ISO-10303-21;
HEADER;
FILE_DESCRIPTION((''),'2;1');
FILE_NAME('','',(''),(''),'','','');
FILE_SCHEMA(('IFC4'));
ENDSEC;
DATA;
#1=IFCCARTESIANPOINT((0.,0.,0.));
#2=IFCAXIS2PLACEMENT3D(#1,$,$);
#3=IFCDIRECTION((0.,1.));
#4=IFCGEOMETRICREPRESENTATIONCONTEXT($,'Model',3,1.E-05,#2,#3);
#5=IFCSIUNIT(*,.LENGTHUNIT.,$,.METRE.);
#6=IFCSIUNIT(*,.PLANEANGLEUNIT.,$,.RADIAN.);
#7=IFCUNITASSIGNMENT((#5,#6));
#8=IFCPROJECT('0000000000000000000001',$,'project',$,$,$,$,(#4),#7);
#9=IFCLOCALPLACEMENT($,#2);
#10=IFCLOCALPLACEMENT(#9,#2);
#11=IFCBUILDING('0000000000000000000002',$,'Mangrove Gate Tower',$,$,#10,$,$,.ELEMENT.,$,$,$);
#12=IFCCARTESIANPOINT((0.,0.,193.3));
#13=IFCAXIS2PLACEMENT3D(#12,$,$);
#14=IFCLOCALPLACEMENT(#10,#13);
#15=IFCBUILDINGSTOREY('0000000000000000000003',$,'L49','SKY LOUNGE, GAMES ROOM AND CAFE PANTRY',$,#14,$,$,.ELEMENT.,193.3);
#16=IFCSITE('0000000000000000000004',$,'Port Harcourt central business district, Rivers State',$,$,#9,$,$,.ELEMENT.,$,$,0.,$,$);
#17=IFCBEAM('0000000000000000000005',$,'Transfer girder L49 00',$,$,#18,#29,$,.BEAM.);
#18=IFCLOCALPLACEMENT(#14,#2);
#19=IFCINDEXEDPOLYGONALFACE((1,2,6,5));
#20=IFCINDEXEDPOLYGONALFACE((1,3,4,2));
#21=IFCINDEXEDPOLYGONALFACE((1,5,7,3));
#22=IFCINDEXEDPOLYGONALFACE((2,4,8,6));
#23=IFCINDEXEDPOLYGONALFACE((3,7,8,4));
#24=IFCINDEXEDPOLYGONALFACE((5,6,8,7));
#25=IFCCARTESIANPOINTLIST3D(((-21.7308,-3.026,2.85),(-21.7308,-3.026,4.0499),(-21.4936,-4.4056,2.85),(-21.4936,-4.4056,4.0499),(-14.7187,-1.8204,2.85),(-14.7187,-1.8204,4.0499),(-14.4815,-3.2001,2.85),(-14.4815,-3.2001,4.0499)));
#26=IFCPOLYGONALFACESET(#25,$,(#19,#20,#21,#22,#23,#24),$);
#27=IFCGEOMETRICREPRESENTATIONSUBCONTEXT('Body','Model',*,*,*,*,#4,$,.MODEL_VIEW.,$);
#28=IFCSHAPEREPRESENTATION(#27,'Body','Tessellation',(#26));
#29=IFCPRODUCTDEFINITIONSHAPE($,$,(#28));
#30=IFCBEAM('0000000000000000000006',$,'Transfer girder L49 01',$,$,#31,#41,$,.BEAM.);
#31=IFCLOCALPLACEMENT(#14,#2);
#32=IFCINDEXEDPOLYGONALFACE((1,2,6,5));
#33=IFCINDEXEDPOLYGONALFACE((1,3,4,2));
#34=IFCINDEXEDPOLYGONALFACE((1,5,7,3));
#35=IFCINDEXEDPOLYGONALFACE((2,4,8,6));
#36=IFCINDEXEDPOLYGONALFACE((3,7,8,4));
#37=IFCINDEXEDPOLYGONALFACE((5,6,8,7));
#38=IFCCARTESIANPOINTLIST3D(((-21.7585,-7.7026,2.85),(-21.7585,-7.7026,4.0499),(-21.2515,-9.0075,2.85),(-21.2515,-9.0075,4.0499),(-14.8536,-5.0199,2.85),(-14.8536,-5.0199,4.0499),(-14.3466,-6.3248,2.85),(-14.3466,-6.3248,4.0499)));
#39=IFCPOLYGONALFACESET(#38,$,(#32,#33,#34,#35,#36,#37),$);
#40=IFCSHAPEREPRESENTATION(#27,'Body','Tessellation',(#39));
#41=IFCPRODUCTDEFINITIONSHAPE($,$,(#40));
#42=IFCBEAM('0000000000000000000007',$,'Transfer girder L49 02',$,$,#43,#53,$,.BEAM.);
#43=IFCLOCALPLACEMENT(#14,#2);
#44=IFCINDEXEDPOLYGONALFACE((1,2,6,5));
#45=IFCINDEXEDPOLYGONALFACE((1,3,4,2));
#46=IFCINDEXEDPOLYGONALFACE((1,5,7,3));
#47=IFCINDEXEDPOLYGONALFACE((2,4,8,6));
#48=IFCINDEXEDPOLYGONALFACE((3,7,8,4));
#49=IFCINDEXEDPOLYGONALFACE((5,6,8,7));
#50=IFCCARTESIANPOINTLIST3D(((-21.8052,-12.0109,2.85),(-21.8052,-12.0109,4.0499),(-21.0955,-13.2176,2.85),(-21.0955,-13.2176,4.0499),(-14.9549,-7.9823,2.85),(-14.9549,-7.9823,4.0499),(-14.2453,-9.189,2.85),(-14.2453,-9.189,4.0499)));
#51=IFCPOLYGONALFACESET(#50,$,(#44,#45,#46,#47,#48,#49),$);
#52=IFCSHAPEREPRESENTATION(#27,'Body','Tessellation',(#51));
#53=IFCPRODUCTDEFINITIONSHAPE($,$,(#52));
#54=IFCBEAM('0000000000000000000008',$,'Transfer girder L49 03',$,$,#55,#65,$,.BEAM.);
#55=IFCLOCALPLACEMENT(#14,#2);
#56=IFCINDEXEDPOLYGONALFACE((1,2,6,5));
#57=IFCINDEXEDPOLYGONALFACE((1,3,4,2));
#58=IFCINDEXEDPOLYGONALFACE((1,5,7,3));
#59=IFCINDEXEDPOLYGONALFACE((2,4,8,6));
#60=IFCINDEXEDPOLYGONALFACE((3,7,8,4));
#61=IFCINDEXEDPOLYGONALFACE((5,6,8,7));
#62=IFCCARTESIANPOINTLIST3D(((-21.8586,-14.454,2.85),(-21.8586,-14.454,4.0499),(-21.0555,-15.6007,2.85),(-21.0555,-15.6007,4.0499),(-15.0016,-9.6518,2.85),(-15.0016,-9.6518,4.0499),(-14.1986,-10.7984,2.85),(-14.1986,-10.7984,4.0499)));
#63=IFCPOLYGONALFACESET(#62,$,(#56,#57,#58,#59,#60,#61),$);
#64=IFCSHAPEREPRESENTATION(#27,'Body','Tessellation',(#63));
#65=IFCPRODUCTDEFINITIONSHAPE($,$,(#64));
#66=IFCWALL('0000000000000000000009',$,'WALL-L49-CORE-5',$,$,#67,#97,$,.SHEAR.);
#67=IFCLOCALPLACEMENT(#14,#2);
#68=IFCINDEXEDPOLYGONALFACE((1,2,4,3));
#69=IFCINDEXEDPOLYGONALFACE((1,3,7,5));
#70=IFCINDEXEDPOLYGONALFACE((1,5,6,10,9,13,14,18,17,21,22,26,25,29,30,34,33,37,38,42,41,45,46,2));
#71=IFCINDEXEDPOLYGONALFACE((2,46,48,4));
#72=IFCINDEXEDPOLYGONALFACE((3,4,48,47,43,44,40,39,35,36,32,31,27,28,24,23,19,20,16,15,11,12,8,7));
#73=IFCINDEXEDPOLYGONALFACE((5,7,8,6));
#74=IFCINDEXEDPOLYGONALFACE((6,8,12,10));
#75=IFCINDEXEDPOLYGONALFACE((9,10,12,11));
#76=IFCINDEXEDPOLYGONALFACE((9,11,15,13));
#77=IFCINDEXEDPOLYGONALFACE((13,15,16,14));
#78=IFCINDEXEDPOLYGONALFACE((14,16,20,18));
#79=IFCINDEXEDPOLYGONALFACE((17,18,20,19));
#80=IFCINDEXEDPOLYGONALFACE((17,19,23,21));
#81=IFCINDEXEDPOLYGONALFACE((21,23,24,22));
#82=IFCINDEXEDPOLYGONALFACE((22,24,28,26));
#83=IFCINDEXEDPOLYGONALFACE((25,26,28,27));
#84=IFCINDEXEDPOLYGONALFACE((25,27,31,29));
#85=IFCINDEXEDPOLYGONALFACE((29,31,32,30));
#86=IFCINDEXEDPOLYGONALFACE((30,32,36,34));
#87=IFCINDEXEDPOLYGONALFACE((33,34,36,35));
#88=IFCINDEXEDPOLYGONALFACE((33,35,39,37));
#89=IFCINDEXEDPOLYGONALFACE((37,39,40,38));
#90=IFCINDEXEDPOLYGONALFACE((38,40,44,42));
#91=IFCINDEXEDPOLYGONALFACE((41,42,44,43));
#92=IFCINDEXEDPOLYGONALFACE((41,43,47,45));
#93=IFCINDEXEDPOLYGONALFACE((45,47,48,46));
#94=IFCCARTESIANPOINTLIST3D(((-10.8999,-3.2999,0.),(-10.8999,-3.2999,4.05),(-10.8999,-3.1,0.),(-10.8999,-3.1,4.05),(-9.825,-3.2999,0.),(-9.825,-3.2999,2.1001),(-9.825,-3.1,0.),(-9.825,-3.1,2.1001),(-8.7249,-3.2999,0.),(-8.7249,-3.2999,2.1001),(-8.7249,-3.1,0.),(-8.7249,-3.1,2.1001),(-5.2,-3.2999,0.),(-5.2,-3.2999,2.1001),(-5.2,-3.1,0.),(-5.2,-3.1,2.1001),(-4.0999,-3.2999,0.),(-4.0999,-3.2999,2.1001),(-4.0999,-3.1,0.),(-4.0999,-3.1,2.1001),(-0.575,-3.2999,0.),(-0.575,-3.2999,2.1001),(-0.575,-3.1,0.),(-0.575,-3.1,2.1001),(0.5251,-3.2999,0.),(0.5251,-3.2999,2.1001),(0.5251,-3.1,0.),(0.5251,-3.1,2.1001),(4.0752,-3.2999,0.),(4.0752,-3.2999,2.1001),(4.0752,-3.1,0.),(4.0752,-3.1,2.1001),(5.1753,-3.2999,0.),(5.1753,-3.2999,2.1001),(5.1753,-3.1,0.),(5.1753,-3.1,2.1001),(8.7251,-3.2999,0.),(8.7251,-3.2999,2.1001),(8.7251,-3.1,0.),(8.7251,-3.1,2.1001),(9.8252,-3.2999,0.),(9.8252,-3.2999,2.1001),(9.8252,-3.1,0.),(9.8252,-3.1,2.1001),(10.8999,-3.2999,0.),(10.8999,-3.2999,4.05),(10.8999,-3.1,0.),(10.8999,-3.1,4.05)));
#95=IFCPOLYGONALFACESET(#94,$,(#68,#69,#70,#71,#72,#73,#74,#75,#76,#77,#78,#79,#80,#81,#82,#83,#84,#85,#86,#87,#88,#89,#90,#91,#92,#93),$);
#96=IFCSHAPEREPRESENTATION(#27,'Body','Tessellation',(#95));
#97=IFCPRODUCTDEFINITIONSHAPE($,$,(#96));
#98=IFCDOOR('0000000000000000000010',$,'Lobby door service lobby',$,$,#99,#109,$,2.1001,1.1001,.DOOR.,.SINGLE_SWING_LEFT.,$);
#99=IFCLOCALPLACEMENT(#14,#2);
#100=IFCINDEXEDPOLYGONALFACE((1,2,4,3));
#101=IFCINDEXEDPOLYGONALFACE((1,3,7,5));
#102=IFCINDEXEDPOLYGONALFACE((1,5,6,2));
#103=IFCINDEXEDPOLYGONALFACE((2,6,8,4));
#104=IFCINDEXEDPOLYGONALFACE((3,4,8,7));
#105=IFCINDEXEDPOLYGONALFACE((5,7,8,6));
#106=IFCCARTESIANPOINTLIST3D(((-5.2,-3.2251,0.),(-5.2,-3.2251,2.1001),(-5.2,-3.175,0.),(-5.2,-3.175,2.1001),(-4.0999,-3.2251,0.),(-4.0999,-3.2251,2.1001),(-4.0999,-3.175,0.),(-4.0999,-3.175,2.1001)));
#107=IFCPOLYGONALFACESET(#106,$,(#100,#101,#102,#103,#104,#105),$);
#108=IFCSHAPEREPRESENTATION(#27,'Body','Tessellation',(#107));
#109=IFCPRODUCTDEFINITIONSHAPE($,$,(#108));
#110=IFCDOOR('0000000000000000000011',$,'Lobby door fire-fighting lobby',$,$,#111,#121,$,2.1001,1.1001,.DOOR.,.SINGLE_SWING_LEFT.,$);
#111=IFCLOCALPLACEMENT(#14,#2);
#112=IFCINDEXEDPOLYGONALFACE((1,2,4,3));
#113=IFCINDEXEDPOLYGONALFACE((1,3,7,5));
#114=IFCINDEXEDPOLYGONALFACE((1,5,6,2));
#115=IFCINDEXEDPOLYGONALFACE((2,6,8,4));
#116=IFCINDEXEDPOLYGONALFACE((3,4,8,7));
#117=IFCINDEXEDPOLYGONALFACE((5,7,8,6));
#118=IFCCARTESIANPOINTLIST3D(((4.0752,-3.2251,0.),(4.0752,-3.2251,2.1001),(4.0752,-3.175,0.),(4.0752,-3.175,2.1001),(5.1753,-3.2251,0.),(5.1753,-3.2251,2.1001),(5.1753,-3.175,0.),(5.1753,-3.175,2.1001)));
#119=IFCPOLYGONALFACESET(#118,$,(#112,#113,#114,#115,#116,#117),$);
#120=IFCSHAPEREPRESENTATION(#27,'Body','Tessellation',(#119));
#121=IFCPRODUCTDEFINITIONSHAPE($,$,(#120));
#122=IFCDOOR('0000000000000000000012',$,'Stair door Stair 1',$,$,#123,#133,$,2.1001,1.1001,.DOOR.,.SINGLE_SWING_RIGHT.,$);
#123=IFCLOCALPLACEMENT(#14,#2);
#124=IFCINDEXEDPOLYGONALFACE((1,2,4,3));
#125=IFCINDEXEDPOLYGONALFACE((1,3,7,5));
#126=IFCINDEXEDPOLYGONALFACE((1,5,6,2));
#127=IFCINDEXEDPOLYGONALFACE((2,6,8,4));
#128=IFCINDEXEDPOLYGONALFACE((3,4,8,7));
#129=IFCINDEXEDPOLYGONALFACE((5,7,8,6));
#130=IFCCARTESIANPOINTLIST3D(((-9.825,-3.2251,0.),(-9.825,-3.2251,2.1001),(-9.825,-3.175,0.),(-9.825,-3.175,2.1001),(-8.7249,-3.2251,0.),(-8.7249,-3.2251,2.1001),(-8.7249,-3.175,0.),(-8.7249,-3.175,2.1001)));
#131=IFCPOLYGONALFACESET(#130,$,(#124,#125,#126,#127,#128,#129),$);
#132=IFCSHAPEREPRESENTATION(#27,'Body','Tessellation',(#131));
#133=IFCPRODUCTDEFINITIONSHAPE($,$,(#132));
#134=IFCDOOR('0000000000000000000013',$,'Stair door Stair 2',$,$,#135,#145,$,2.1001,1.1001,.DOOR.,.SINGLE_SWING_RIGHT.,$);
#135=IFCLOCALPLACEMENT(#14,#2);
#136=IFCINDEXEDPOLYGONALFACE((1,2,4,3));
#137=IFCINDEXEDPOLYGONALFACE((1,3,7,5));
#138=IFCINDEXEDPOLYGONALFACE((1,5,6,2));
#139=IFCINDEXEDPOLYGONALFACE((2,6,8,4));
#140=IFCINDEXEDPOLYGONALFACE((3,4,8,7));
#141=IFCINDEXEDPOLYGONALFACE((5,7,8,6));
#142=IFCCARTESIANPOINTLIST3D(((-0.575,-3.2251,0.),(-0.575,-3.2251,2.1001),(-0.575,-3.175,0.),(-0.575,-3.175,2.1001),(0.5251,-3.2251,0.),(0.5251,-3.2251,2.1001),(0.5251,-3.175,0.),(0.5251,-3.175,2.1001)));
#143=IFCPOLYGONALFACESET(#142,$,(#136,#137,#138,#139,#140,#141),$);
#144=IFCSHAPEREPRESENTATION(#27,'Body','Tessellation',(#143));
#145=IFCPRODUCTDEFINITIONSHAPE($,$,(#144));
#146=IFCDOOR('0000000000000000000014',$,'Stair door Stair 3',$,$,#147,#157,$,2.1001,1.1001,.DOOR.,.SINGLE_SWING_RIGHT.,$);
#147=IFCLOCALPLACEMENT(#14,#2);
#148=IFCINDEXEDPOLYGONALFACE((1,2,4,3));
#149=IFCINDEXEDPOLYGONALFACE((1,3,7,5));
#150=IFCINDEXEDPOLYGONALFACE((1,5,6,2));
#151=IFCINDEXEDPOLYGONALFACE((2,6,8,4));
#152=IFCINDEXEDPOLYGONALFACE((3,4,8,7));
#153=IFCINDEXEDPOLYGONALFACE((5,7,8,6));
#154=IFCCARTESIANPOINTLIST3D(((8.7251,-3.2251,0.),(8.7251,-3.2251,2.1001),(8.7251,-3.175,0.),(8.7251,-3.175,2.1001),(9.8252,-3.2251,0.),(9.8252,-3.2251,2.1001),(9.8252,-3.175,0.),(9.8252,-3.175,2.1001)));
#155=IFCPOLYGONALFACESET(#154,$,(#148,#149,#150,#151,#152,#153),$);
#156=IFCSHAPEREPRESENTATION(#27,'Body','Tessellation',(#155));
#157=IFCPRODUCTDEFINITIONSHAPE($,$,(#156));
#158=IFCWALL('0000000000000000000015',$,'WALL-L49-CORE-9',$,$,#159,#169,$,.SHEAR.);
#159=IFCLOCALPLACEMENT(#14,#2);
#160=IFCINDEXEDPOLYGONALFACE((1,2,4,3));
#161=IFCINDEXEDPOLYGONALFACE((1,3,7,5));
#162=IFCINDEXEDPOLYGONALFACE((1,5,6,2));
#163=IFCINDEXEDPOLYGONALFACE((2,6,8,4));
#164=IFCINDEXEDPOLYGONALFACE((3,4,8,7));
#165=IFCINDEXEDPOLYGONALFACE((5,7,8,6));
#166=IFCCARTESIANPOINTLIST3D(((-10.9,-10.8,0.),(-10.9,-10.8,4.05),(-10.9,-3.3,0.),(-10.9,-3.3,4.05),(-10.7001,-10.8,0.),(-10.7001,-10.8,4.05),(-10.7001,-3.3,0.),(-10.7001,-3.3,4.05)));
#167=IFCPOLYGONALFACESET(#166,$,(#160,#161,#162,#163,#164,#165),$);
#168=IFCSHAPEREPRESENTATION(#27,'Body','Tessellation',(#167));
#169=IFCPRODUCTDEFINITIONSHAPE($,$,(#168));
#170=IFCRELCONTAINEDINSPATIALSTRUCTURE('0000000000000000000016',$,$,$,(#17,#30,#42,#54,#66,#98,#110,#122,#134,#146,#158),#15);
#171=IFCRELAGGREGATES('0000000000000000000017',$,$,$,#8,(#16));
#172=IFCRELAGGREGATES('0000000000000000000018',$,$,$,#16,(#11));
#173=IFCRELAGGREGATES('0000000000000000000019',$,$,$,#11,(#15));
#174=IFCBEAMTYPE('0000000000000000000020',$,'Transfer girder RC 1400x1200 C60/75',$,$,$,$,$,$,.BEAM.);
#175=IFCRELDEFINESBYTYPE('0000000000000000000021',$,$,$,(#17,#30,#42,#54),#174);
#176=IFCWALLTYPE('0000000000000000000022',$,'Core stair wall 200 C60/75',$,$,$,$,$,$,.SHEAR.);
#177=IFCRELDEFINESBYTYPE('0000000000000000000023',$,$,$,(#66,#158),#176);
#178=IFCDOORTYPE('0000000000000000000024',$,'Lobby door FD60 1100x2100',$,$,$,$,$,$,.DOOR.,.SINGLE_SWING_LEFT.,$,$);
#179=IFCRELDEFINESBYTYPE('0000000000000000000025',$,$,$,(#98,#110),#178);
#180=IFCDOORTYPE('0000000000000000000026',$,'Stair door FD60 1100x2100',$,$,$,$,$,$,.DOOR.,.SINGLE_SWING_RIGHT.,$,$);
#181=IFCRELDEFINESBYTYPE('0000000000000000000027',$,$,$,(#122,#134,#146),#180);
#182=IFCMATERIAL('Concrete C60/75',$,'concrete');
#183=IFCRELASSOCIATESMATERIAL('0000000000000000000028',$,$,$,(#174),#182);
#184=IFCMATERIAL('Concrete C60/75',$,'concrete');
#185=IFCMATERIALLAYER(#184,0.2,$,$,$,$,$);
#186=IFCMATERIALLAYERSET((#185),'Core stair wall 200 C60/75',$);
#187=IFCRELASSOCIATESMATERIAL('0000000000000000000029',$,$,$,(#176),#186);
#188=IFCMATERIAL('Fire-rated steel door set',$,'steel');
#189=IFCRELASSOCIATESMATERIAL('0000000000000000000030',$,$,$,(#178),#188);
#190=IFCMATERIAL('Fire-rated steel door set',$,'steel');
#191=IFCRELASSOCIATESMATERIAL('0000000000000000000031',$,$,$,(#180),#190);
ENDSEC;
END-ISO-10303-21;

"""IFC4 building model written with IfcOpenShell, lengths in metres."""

from ifc_helpers import new_model, si_unit, direction, frame, frame_2d, origin, origin_2d, place, context, subcontext, project, spatial, rectangle, extrude, material, layer, layer_set, material_profile, profile_set, type_object, element, fill, save


model = new_model("IFC4")

# Units and contexts
model_context = context("Model", 3, precision=1e-05, world=origin(), true_north=direction((0.0, 1.0)))
body_context = subcontext(model_context, "Body", "Model", "MODEL_VIEW")
ifc_project = project(units=[si_unit("LENGTHUNIT", "METRE"), si_unit("PLANEANGLEUNIT", "RADIAN")], contexts=[model_context])

# Site, building, storey
site_placement = place(None, origin())
site = spatial("IfcSite", under=ifc_project, at=site_placement, Name="Port Harcourt central business district, Rivers State", CompositionType="ELEMENT", RefElevation=0.0)
building_placement = place(site_placement, origin())
building = spatial("IfcBuilding", under=site, at=building_placement, Name="Mangrove Gate Tower", CompositionType="ELEMENT")
storey_placement = place(building_placement, frame((0.0, 0.0, 193.3)))
storey = spatial("IfcBuildingStorey", under=building, at=storey_placement, Name="L49", Description="SKY LOUNGE, GAMES ROOM AND CAFE PANTRY", CompositionType="ELEMENT", Elevation=193.3)

# Beams
ifc_material_1 = material(Name="Concrete C60/75", Category="concrete")
ifc_material_profile = material_profile(ifc_material_1, rectangle(XDim=1.3999, YDim=1.2, at=origin_2d()))
ifc_profile_set = profile_set([ifc_material_profile], Name="Concrete C60/75")
beam_type = type_object("IfcBeamType", Name="Transfer girder RC 1400x1200 C60/75", PredefinedType="BEAM", material=ifc_profile_set)
beam_1_placement = place(storey_placement, frame((-14.6001, -2.5103, 3.45), z_axis=(-0.985541, -0.169438, 0.0), x_axis=(0.169438, -0.985541, 0.0)))
element("IfcBeam", 1, at=beam_1_placement, inside=storey, type_object=beam_type, Name="Transfer girder L49 00", PredefinedType="BEAM", context=body_context, shape_type="SweptSolid", body=[
    extrude(rectangle(XDim=1.3999, YDim=1.2, at=origin_2d()), origin(), (0.0, 0.0, 1.0), 7.115),
])
beam_2_placement = place(storey_placement, frame((-14.6001, -5.6724, 3.45), z_axis=(-0.932122, -0.362144, 0.0), x_axis=(0.362144, -0.932122, 0.0)))
element("IfcBeam", 2, at=beam_2_placement, inside=storey, type_object=beam_type, Name="Transfer girder L49 01", PredefinedType="BEAM", context=body_context, shape_type="SweptSolid", body=[
    extrude(rectangle(XDim=1.3999, YDim=1.2, at=origin_2d()), origin(), (0.0, 0.0, 1.0), 7.4077),
])
beam_3_placement = place(storey_placement, frame((-14.6001, -8.5857, 3.45), z_axis=(-0.861992, -0.506922, 0.0), x_axis=(0.506922, -0.861992, 0.0)))
element("IfcBeam", 3, at=beam_3_placement, inside=storey, type_object=beam_type, Name="Transfer girder L49 02", PredefinedType="BEAM", context=body_context, shape_type="SweptSolid", body=[
    extrude(rectangle(XDim=1.3999, YDim=1.2, at=origin_2d()), origin(), (0.0, 0.0, 1.0), 7.947),
])
beam_4_placement = place(storey_placement, frame((-14.6001, -10.2251, 3.45), z_axis=(-0.819098, -0.573654, 0.0), x_axis=(0.573654, -0.819098, 0.0)))
element("IfcBeam", 4, at=beam_4_placement, inside=storey, type_object=beam_type, Name="Transfer girder L49 03", PredefinedType="BEAM", context=body_context, shape_type="SweptSolid", body=[
    extrude(rectangle(XDim=1.3999, YDim=1.2, at=origin_2d()), origin(), (0.0, 0.0, 1.0), 8.3713),
])

# Wall, openings, doors
ifc_material_2 = material(Name="Concrete C60/75", Category="concrete")
ifc_layer_1 = layer(ifc_material_2, 0.2)
ifc_layer_set_1 = layer_set([ifc_layer_1], Name="Core stair wall 200 C60/75")
wall_type_1 = type_object("IfcWallType", Name="Core stair wall 200 C60/75", PredefinedType="SHEAR", material=ifc_layer_set_1)
wall_1_placement = place(storey_placement, frame((-10.8999, -3.2, 0.0), z_axis=(0.0, 0.0, 1.0), x_axis=(1.0, 0.0, 0.0)))
wall_1 = element("IfcWall", 5, at=wall_1_placement, inside=storey, type_object=wall_type_1, Name="WALL-L49-CORE-5", PredefinedType="SHEAR", context=body_context, shape_type="SweptSolid", body=[
    extrude(rectangle(XDim=21.7998, YDim=0.2, at=frame_2d((10.8999, 0.0))), origin(), (0.0, 0.0, 1.0), 4.05),
])
opening_1_placement = place(wall_1_placement, frame((1.075, 0.0, 0.0)))
opening_1 = element("IfcOpeningElement", 6, at=opening_1_placement, cuts=wall_1, PredefinedType="OPENING", context=body_context, shape_type="SweptSolid", body=[
    extrude(rectangle(XDim=1.1001, YDim=2.1001, at=frame_2d((0.55, 1.05))), frame((0.0, 0.1099, 0.0), z_axis=(0.0, -1.0, 0.0), x_axis=(1.0, 0.0, 0.0)), (0.0, 0.0, 1.0), 0.22),
])
opening_2_placement = place(wall_1_placement, frame((10.325, 0.0, 0.0)))
opening_2 = element("IfcOpeningElement", 7, at=opening_2_placement, cuts=wall_1, PredefinedType="OPENING", context=body_context, shape_type="SweptSolid", body=[
    extrude(rectangle(XDim=1.1001, YDim=2.1001, at=frame_2d((0.55, 1.05))), frame((0.0, 0.1099, 0.0), z_axis=(0.0, -1.0, 0.0), x_axis=(1.0, 0.0, 0.0)), (0.0, 0.0, 1.0), 0.22),
])
opening_3_placement = place(wall_1_placement, frame((19.625, 0.0, 0.0)))
opening_3 = element("IfcOpeningElement", 8, at=opening_3_placement, cuts=wall_1, PredefinedType="OPENING", context=body_context, shape_type="SweptSolid", body=[
    extrude(rectangle(XDim=1.1001, YDim=2.1001, at=frame_2d((0.55, 1.05))), frame((0.0, 0.1099, 0.0), z_axis=(0.0, -1.0, 0.0), x_axis=(1.0, 0.0, 0.0)), (0.0, 0.0, 1.0), 0.22),
])
opening_4_placement = place(wall_1_placement, frame((5.7, 0.0, 0.0)))
opening_4 = element("IfcOpeningElement", 9, at=opening_4_placement, cuts=wall_1, PredefinedType="OPENING", context=body_context, shape_type="SweptSolid", body=[
    extrude(rectangle(XDim=1.1001, YDim=2.1001, at=frame_2d((0.55, 1.05))), frame((0.0, 0.1099, 0.0), z_axis=(0.0, -1.0, 0.0), x_axis=(1.0, 0.0, 0.0)), (0.0, 0.0, 1.0), 0.22),
])
opening_5_placement = place(wall_1_placement, frame((14.9751, 0.0, 0.0)))
opening_5 = element("IfcOpeningElement", 10, at=opening_5_placement, cuts=wall_1, PredefinedType="OPENING", context=body_context, shape_type="SweptSolid", body=[
    extrude(rectangle(XDim=1.1001, YDim=2.1001, at=frame_2d((0.55, 1.05))), frame((0.0, 0.1099, 0.0), z_axis=(0.0, -1.0, 0.0), x_axis=(1.0, 0.0, 0.0)), (0.0, 0.0, 1.0), 0.22),
])
ifc_material_3 = material(Name="Fire-rated steel door set", Category="steel")
door_type_1 = type_object("IfcDoorType", Name="Lobby door FD60 1100x2100", OperationType="SINGLE_SWING_LEFT", PredefinedType="DOOR", material=ifc_material_3)
door_1_placement = place(opening_4_placement, origin())
door_1 = element("IfcDoor", 11, at=door_1_placement, inside=storey, type_object=door_type_1, Name="Lobby door service lobby", OperationType="SINGLE_SWING_LEFT", OverallHeight=2.1001, OverallWidth=1.1001, PredefinedType="DOOR", context=body_context, shape_type="SweptSolid", body=[
    extrude(rectangle(XDim=1.1001, YDim=2.1001, at=frame_2d((0.55, 1.05))), frame((0.0, 0.0249, 0.0), z_axis=(0.0, -1.0, 0.0), x_axis=(1.0, 0.0, 0.0)), (0.0, 0.0, 1.0), 0.05),
])
fill(opening_4, door_1)
door_2_placement = place(opening_5_placement, origin())
door_2 = element("IfcDoor", 12, at=door_2_placement, inside=storey, type_object=door_type_1, Name="Lobby door fire-fighting lobby", OperationType="SINGLE_SWING_LEFT", OverallHeight=2.1001, OverallWidth=1.1001, PredefinedType="DOOR", context=body_context, shape_type="SweptSolid", body=[
    extrude(rectangle(XDim=1.1001, YDim=2.1001, at=frame_2d((0.55, 1.05))), frame((0.0, 0.0249, 0.0), z_axis=(0.0, -1.0, 0.0), x_axis=(1.0, 0.0, 0.0)), (0.0, 0.0, 1.0), 0.05),
])
fill(opening_5, door_2)
ifc_material_4 = material(Name="Fire-rated steel door set", Category="steel")
door_type_2 = type_object("IfcDoorType", Name="Stair door FD60 1100x2100", OperationType="SINGLE_SWING_RIGHT", PredefinedType="DOOR", material=ifc_material_4)
door_3_placement = place(opening_1_placement, origin())
door_3 = element("IfcDoor", 13, at=door_3_placement, inside=storey, type_object=door_type_2, Name="Stair door Stair 1", OperationType="SINGLE_SWING_RIGHT", OverallHeight=2.1001, OverallWidth=1.1001, PredefinedType="DOOR", context=body_context, shape_type="SweptSolid", body=[
    extrude(rectangle(XDim=1.1001, YDim=2.1001, at=frame_2d((0.55, 1.05))), frame((0.0, 0.0249, 0.0), z_axis=(0.0, -1.0, 0.0), x_axis=(1.0, 0.0, 0.0)), (0.0, 0.0, 1.0), 0.05),
])
fill(opening_1, door_3)
door_4_placement = place(opening_2_placement, origin())
door_4 = element("IfcDoor", 14, at=door_4_placement, inside=storey, type_object=door_type_2, Name="Stair door Stair 2", OperationType="SINGLE_SWING_RIGHT", OverallHeight=2.1001, OverallWidth=1.1001, PredefinedType="DOOR", context=body_context, shape_type="SweptSolid", body=[
    extrude(rectangle(XDim=1.1001, YDim=2.1001, at=frame_2d((0.55, 1.05))), frame((0.0, 0.0249, 0.0), z_axis=(0.0, -1.0, 0.0), x_axis=(1.0, 0.0, 0.0)), (0.0, 0.0, 1.0), 0.05),
])
fill(opening_2, door_4)
door_5_placement = place(opening_3_placement, origin())
door_5 = element("IfcDoor", 15, at=door_5_placement, inside=storey, type_object=door_type_2, Name="Stair door Stair 3", OperationType="SINGLE_SWING_RIGHT", OverallHeight=2.1001, OverallWidth=1.1001, PredefinedType="DOOR", context=body_context, shape_type="SweptSolid", body=[
    extrude(rectangle(XDim=1.1001, YDim=2.1001, at=frame_2d((0.55, 1.05))), frame((0.0, 0.0249, 0.0), z_axis=(0.0, -1.0, 0.0), x_axis=(1.0, 0.0, 0.0)), (0.0, 0.0, 1.0), 0.05),
])
fill(opening_3, door_5)

# Wall
wall_2_placement = place(storey_placement, frame((-10.8, -10.8, 0.0), z_axis=(0.0, 0.0, 1.0), x_axis=(0.0, 1.0, 0.0)))
element("IfcWall", 16, at=wall_2_placement, inside=storey, type_object=wall_type_1, Name="WALL-L49-CORE-9", PredefinedType="SHEAR", context=body_context, shape_type="SweptSolid", body=[
    extrude(rectangle(XDim=7.5, YDim=0.2, at=frame_2d((3.75, 0.0))), origin(), (0.0, 0.0, 1.0), 4.05),
])

save(model, "model.ifc")
